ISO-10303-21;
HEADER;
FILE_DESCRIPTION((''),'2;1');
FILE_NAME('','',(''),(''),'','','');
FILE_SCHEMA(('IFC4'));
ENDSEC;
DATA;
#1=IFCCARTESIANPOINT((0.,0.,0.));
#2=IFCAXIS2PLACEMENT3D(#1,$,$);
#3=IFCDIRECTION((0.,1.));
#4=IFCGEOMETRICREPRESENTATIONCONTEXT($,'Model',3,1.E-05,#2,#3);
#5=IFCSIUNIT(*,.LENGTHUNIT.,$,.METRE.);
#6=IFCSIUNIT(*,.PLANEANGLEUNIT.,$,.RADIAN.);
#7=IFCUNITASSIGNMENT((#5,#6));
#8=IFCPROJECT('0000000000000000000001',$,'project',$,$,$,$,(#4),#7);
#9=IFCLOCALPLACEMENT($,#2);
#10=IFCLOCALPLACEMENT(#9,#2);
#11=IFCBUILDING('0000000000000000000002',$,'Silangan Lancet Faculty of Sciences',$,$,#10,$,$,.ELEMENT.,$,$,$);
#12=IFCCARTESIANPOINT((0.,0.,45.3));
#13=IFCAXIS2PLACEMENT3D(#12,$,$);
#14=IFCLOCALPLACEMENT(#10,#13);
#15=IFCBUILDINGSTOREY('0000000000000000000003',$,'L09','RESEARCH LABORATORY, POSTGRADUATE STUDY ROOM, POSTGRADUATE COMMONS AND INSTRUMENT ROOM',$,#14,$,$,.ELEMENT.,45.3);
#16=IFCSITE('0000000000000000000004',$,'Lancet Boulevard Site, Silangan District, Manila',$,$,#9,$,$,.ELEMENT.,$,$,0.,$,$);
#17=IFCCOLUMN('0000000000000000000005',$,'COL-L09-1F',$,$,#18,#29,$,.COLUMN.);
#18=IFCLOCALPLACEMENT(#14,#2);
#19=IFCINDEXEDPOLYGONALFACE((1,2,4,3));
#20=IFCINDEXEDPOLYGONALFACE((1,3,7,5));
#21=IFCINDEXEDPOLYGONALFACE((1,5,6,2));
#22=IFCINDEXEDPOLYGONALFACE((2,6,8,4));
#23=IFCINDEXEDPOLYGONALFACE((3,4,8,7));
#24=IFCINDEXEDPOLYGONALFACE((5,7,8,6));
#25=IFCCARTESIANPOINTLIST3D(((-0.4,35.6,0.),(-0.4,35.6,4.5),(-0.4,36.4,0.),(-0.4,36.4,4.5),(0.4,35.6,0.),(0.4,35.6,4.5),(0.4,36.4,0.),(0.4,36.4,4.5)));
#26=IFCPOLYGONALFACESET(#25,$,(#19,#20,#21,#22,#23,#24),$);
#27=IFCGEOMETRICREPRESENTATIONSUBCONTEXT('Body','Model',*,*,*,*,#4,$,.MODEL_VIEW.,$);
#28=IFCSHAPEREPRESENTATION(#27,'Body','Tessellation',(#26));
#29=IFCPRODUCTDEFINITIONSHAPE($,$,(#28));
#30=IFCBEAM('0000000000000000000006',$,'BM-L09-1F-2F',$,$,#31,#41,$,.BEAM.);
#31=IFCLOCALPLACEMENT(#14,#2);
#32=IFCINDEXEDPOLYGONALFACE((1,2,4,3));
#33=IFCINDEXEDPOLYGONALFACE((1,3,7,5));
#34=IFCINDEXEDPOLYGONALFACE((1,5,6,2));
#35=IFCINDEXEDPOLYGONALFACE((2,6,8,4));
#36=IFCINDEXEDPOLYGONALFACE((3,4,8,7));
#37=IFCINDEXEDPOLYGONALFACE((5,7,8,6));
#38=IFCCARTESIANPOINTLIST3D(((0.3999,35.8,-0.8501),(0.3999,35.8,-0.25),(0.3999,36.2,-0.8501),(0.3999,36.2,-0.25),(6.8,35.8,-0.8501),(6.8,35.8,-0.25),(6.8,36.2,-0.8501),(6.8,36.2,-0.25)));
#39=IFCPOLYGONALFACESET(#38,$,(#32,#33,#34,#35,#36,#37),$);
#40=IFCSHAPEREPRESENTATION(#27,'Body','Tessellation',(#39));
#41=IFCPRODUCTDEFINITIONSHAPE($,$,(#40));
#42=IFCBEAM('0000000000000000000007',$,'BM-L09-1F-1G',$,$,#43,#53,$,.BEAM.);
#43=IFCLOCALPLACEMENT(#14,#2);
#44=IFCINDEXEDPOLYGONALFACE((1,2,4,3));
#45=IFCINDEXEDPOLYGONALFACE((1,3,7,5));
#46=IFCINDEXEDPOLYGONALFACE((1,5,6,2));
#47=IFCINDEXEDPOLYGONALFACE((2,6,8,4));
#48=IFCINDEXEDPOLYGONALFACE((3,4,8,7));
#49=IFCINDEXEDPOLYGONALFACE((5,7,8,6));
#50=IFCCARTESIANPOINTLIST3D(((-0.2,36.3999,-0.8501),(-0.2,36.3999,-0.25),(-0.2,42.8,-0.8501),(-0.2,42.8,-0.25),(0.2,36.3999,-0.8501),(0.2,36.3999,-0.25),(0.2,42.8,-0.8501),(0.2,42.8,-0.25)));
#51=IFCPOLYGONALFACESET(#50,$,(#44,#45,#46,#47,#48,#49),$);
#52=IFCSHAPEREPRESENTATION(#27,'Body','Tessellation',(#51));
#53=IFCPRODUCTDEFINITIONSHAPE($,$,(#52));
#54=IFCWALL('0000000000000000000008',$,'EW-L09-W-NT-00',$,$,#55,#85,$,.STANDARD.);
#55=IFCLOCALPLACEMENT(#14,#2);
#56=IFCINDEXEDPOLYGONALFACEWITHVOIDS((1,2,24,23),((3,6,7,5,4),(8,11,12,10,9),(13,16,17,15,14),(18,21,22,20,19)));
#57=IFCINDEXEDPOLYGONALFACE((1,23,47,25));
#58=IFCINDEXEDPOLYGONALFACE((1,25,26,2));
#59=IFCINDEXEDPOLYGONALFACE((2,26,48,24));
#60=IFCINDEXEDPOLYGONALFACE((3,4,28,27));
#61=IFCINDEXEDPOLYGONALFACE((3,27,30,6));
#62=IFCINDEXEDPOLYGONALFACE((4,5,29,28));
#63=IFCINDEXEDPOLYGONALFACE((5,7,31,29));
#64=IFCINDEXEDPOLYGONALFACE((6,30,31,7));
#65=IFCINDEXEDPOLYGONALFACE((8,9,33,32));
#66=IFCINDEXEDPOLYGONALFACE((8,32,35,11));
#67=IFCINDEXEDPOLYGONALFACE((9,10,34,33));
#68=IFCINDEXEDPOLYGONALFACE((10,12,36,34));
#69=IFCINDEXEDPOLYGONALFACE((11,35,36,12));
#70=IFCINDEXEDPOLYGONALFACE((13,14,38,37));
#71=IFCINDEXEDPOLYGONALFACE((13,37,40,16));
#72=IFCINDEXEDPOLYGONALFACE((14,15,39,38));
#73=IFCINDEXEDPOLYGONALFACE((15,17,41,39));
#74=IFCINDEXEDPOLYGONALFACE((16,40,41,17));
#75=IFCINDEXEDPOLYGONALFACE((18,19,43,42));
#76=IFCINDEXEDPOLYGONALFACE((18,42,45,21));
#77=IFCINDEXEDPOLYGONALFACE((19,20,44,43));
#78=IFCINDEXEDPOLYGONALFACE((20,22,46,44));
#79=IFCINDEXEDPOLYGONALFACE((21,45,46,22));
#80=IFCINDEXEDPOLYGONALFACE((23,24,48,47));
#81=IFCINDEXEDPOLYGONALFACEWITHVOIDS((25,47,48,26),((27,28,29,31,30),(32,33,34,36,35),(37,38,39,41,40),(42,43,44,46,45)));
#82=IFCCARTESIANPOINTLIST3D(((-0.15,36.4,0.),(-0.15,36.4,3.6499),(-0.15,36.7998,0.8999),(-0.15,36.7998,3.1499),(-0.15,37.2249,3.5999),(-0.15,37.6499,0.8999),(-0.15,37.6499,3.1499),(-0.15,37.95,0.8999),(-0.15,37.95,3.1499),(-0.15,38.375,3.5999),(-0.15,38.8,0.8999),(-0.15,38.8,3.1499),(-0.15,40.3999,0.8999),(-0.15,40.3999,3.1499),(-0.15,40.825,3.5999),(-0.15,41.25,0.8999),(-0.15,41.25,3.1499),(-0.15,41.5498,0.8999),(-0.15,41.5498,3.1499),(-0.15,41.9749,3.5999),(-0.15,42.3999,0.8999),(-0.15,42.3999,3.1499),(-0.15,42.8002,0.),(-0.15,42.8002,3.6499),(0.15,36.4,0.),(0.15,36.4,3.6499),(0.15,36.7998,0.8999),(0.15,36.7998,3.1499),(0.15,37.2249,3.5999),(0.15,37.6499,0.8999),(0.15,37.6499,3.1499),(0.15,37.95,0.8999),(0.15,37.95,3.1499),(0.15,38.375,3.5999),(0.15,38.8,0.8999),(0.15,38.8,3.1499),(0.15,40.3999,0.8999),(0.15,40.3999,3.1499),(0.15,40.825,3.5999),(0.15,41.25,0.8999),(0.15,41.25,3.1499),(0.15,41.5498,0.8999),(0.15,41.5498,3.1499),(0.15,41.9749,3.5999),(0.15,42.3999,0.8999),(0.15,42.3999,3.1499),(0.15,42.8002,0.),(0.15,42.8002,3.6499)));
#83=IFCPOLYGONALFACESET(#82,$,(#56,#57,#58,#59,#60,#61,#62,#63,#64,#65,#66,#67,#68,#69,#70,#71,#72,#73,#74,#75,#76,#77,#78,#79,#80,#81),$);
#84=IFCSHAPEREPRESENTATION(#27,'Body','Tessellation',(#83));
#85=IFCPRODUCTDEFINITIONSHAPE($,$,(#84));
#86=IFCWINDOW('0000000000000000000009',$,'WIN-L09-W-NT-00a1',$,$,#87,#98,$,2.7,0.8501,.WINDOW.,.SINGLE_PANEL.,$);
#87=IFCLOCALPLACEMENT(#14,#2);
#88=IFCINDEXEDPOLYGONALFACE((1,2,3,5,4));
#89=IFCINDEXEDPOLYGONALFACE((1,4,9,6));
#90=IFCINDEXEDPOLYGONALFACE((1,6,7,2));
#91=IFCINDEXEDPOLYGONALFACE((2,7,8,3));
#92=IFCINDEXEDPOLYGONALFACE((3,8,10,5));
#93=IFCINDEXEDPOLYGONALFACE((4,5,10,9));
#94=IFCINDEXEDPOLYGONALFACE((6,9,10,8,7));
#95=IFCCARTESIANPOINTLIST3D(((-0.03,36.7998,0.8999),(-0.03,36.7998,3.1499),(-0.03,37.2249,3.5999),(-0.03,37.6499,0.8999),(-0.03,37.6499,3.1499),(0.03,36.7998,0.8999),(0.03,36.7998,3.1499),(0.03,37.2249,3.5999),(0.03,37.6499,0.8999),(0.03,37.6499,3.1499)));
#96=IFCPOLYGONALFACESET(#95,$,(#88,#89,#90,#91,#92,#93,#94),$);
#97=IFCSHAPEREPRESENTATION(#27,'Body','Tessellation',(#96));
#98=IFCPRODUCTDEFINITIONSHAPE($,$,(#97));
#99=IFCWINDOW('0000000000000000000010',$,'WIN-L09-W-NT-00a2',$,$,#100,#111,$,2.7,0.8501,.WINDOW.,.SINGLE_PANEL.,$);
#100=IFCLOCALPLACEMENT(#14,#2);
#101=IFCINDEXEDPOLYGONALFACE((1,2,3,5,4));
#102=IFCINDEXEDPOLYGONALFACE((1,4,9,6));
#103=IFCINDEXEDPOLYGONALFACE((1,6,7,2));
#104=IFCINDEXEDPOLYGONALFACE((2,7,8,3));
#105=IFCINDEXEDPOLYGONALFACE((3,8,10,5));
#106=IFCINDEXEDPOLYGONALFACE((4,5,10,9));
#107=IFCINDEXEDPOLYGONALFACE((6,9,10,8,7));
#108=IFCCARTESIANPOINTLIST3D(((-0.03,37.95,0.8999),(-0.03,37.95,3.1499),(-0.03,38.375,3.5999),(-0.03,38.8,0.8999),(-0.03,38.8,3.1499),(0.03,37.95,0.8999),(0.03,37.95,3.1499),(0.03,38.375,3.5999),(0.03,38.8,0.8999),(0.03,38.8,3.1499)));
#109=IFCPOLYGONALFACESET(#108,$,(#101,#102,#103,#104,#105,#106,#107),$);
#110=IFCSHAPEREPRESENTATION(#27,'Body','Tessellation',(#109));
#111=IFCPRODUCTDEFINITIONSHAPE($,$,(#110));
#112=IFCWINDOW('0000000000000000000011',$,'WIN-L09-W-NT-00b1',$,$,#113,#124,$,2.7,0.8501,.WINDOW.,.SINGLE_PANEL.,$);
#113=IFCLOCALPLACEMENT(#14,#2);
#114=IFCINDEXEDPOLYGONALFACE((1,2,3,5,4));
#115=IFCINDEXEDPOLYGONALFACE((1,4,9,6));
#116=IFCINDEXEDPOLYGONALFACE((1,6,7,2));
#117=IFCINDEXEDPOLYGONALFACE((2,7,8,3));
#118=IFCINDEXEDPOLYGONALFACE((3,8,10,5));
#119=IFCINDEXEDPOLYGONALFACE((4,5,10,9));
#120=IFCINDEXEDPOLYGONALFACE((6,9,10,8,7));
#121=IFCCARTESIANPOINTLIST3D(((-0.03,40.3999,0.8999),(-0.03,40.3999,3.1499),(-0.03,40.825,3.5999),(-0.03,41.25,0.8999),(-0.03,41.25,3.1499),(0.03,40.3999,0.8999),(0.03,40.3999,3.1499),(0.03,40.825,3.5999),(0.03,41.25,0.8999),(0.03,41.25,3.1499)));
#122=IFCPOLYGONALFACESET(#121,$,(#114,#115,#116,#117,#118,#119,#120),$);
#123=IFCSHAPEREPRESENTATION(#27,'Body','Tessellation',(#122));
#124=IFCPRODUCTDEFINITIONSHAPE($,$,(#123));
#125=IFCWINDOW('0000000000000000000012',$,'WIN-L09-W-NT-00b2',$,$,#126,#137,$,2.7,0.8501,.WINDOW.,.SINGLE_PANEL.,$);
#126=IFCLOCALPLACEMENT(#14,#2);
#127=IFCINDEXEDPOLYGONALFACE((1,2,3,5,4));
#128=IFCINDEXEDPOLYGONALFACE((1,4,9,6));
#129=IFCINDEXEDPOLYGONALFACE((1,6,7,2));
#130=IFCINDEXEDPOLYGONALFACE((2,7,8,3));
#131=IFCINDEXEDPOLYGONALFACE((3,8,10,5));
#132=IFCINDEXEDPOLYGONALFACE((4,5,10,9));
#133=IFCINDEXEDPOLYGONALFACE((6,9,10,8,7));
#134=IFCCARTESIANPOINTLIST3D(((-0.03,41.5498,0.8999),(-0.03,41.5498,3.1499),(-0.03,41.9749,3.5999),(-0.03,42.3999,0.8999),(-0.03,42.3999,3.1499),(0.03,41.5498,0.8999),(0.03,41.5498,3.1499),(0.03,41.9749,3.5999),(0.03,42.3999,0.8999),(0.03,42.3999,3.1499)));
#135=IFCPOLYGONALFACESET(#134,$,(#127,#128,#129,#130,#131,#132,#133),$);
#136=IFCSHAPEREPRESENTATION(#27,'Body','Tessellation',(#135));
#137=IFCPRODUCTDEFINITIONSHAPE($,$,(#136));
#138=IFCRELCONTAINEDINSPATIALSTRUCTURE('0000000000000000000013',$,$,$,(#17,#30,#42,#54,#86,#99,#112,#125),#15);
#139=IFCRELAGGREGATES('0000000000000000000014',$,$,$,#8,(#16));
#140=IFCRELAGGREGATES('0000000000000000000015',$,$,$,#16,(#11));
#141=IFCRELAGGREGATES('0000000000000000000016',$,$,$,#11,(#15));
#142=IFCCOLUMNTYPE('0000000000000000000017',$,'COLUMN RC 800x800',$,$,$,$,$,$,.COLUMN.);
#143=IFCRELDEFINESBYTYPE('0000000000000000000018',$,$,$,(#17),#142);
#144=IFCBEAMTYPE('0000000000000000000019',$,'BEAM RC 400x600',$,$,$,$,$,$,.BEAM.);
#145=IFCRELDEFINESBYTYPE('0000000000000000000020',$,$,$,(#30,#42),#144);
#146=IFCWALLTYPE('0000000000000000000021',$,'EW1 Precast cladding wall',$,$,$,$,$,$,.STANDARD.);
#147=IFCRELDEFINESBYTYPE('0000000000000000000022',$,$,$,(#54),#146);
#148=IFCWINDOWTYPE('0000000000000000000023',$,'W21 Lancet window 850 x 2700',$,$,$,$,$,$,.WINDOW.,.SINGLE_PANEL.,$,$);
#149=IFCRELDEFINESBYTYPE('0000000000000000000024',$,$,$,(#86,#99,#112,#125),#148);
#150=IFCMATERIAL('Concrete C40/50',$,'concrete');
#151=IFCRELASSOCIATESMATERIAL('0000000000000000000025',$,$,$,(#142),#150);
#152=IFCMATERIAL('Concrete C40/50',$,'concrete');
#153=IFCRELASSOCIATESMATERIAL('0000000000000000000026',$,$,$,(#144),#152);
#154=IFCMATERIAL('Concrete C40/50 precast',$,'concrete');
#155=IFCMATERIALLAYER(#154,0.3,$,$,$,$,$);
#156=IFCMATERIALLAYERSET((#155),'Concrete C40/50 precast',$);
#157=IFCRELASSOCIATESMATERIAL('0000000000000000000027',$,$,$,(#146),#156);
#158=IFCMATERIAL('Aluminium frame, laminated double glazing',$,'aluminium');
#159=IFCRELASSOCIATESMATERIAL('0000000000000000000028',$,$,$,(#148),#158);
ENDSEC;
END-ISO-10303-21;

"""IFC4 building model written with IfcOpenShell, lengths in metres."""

from ifc_helpers import new_model, si_unit, direction, frame, frame_2d, origin, origin_2d, place, context, subcontext, project, spatial, polyline, rectangle, outline, extrude, material, layer, layer_set, material_profile, profile_set, type_object, element, fill, save


model = new_model("IFC4")

# Units and contexts
model_context = context("Model", 3, precision=1e-05, world=origin(), true_north=direction((0.0, 1.0)))
body_context = subcontext(model_context, "Body", "Model", "MODEL_VIEW")
ifc_project = project(units=[si_unit("LENGTHUNIT", "METRE"), si_unit("PLANEANGLEUNIT", "RADIAN")], contexts=[model_context])

# Site, building, storey
site_placement = place(None, origin())
site = spatial("IfcSite", under=ifc_project, at=site_placement, Name="Lancet Boulevard Site, Silangan District, Manila", CompositionType="ELEMENT", RefElevation=0.0)
building_placement = place(site_placement, origin())
building = spatial("IfcBuilding", under=site, at=building_placement, Name="Silangan Lancet Faculty of Sciences", CompositionType="ELEMENT")
storey_placement = place(building_placement, frame((0.0, 0.0, 45.3)))
storey = spatial("IfcBuildingStorey", under=building, at=storey_placement, Name="L09", Description="RESEARCH LABORATORY, POSTGRADUATE STUDY ROOM, POSTGRADUATE COMMONS AND INSTRUMENT ROOM", CompositionType="ELEMENT", Elevation=45.3)

# Column
ifc_material_1 = material(Name="Concrete C40/50", Category="concrete")
ifc_material_profile_1 = material_profile(ifc_material_1, rectangle(XDim=0.8, YDim=0.8, at=origin_2d()), Name="RC 800x800")
ifc_profile_set_1 = profile_set([ifc_material_profile_1], Name="Concrete C40/50")
column_type = type_object("IfcColumnType", Name="COLUMN RC 800x800", PredefinedType="COLUMN", material=ifc_profile_set_1)
column_placement = place(storey_placement, frame((0.0, 36.0, 0.0), z_axis=(0.0, 0.0, 1.0), x_axis=(1.0, 0.0, 0.0)))
element("IfcColumn", 1, at=column_placement, inside=storey, type_object=column_type, Name="COL-L09-1F", PredefinedType="COLUMN", context=body_context, shape_type="SweptSolid", body=[
    extrude(rectangle(XDim=0.8, YDim=0.8, at=origin_2d()), origin(), (0.0, 0.0, 1.0), 4.5),
])

# Beams
ifc_material_2 = material(Name="Concrete C40/50", Category="concrete")
ifc_material_profile_2 = material_profile(ifc_material_2, rectangle(XDim=0.3999, YDim=0.6001, at=origin_2d()), Name="RC 400x600")
ifc_profile_set_2 = profile_set([ifc_material_profile_2], Name="Concrete C40/50")
beam_type = type_object("IfcBeamType", Name="BEAM RC 400x600", PredefinedType="BEAM", material=ifc_profile_set_2)
for number, where, z_axis, x_axis, name in (
    (2, (0.3999, 36.0, -0.55), (1.0, 0.0, 0.0), (0.0, 1.0, 0.0), "BM-L09-1F-2F"),
    (3, (0.0, 36.3999, -0.55), (0.0, 1.0, 0.0), (-1.0, 0.0, 0.0), "BM-L09-1F-1G"),
):
    element("IfcBeam", number, at=place(storey_placement, frame(where, z_axis=z_axis, x_axis=x_axis)), inside=storey, type_object=beam_type, Name=name, PredefinedType="BEAM", context=body_context, shape_type="SweptSolid", body=[
        extrude(rectangle(XDim=0.3999, YDim=0.6001, at=origin_2d()), origin(), (0.0, 0.0, 1.0), 6.4001),
    ])

# Wall, openings, windows
ifc_material_3 = material(Name="Concrete C40/50 precast", Category="concrete")
ifc_layer_1 = layer(ifc_material_3, 0.3)
ifc_layer_set_1 = layer_set([ifc_layer_1], Name="Concrete C40/50 precast")
wall_type_1 = type_object("IfcWallType", Name="EW1 Precast cladding wall", PredefinedType="STANDARD", material=ifc_layer_set_1)
wall_1_placement = place(storey_placement, frame((0.0, 36.3999, 0.0), z_axis=(0.0, 0.0, 1.0), x_axis=(0.0, 1.0, 0.0)))
wall_1 = element("IfcWall", 4, at=wall_1_placement, inside=storey, type_object=wall_type_1, Name="EW-L09-W-NT-00", PredefinedType="STANDARD", context=body_context, shape_type="SweptSolid", body=[
    extrude(rectangle(XDim=6.4001, YDim=0.3, at=frame_2d((3.2002, 0.0))), origin(), (0.0, 0.0, 1.0), 3.6499),
])
opening_1_placement = place(wall_1_placement, frame((0.3999, 0.0, 0.8999)))
opening_1 = element("IfcOpeningElement", 5, at=opening_1_placement, cuts=wall_1, PredefinedType="OPENING", context=body_context, shape_type="SweptSolid", body=[
    extrude(outline(polyline([(0.0, 0.0), (0.8501, 0.0), (0.8501, 2.25), (0.425, 2.7), (0.0, 2.25), (0.0, 0.0)])), frame((0.0, 0.1599, 0.0), z_axis=(0.0, -1.0, 0.0), x_axis=(1.0, 0.0, 0.0)), (0.0, 0.0, 1.0), 0.3201),
])
opening_2_placement = place(wall_1_placement, frame((1.55, 0.0, 0.8999)))
opening_2 = element("IfcOpeningElement", 6, at=opening_2_placement, cuts=wall_1, PredefinedType="OPENING", context=body_context, shape_type="SweptSolid", body=[
    extrude(outline(polyline([(0.0, 0.0), (0.8501, 0.0), (0.8501, 2.25), (0.425, 2.7), (0.0, 2.25), (0.0, 0.0)])), frame((0.0, 0.1599, 0.0), z_axis=(0.0, -1.0, 0.0), x_axis=(1.0, 0.0, 0.0)), (0.0, 0.0, 1.0), 0.3201),
])
opening_3_placement = place(wall_1_placement, frame((4.0, 0.0, 0.8999)))
opening_3 = element("IfcOpeningElement", 7, at=opening_3_placement, cuts=wall_1, PredefinedType="OPENING", context=body_context, shape_type="SweptSolid", body=[
    extrude(outline(polyline([(0.0, 0.0), (0.8501, 0.0), (0.8501, 2.25), (0.425, 2.7), (0.0, 2.25), (0.0, 0.0)])), frame((0.0, 0.1599, 0.0), z_axis=(0.0, -1.0, 0.0), x_axis=(1.0, 0.0, 0.0)), (0.0, 0.0, 1.0), 0.3201),
])
opening_4_placement = place(wall_1_placement, frame((5.1499, 0.0, 0.8999)))
opening_4 = element("IfcOpeningElement", 8, at=opening_4_placement, cuts=wall_1, PredefinedType="OPENING", context=body_context, shape_type="SweptSolid", body=[
    extrude(outline(polyline([(0.0, 0.0), (0.8501, 0.0), (0.8501, 2.25), (0.425, 2.7), (0.0, 2.25), (0.0, 0.0)])), frame((0.0, 0.1599, 0.0), z_axis=(0.0, -1.0, 0.0), x_axis=(1.0, 0.0, 0.0)), (0.0, 0.0, 1.0), 0.3201),
])
ifc_material_4 = material(Name="Aluminium frame, laminated double glazing", Category="aluminium")
window_type = type_object("IfcWindowType", Name="W21 Lancet window 850 x 2700", PartitioningType="SINGLE_PANEL", PredefinedType="WINDOW", material=ifc_material_4)
window_1_placement = place(opening_1_placement, origin())
window_1 = element("IfcWindow", 9, at=window_1_placement, inside=storey, type_object=window_type, Name="WIN-L09-W-NT-00a1", OverallHeight=2.7, OverallWidth=0.8501, PartitioningType="SINGLE_PANEL", PredefinedType="WINDOW", context=body_context, shape_type="SweptSolid", body=[
    extrude(outline(polyline([(0.0, 0.0), (0.8501, 0.0), (0.8501, 2.25), (0.425, 2.7), (0.0, 2.25), (0.0, 0.0)])), frame((0.0, 0.03, 0.0), z_axis=(0.0, -1.0, 0.0), x_axis=(1.0, 0.0, 0.0)), (0.0, 0.0, 1.0), 0.0601),
])
fill(opening_1, window_1)
window_2_placement = place(opening_2_placement, origin())
window_2 = element("IfcWindow", 10, at=window_2_placement, inside=storey, type_object=window_type, Name="WIN-L09-W-NT-00a2", OverallHeight=2.7, OverallWidth=0.8501, PartitioningType="SINGLE_PANEL", PredefinedType="WINDOW", context=body_context, shape_type="SweptSolid", body=[
    extrude(outline(polyline([(0.0, 0.0), (0.8501, 0.0), (0.8501, 2.25), (0.425, 2.7), (0.0, 2.25), (0.0, 0.0)])), frame((0.0, 0.03, 0.0), z_axis=(0.0, -1.0, 0.0), x_axis=(1.0, 0.0, 0.0)), (0.0, 0.0, 1.0), 0.0601),
])
fill(opening_2, window_2)
window_3_placement = place(opening_3_placement, origin())
window_3 = element("IfcWindow", 11, at=window_3_placement, inside=storey, type_object=window_type, Name="WIN-L09-W-NT-00b1", OverallHeight=2.7, OverallWidth=0.8501, PartitioningType="SINGLE_PANEL", PredefinedType="WINDOW", context=body_context, shape_type="SweptSolid", body=[
    extrude(outline(polyline([(0.0, 0.0), (0.8501, 0.0), (0.8501, 2.25), (0.425, 2.7), (0.0, 2.25), (0.0, 0.0)])), frame((0.0, 0.03, 0.0), z_axis=(0.0, -1.0, 0.0), x_axis=(1.0, 0.0, 0.0)), (0.0, 0.0, 1.0), 0.0601),
])
fill(opening_3, window_3)
window_4_placement = place(opening_4_placement, origin())
window_4 = element("IfcWindow", 12, at=window_4_placement, inside=storey, type_object=window_type, Name="WIN-L09-W-NT-00b2", OverallHeight=2.7, OverallWidth=0.8501, PartitioningType="SINGLE_PANEL", PredefinedType="WINDOW", context=body_context, shape_type="SweptSolid", body=[
    extrude(outline(polyline([(0.0, 0.0), (0.8501, 0.0), (0.8501, 2.25), (0.425, 2.7), (0.0, 2.25), (0.0, 0.0)])), frame((0.0, 0.03, 0.0), z_axis=(0.0, -1.0, 0.0), x_axis=(1.0, 0.0, 0.0)), (0.0, 0.0, 1.0), 0.0601),
])
fill(opening_4, window_4)

save(model, "model.ifc")
